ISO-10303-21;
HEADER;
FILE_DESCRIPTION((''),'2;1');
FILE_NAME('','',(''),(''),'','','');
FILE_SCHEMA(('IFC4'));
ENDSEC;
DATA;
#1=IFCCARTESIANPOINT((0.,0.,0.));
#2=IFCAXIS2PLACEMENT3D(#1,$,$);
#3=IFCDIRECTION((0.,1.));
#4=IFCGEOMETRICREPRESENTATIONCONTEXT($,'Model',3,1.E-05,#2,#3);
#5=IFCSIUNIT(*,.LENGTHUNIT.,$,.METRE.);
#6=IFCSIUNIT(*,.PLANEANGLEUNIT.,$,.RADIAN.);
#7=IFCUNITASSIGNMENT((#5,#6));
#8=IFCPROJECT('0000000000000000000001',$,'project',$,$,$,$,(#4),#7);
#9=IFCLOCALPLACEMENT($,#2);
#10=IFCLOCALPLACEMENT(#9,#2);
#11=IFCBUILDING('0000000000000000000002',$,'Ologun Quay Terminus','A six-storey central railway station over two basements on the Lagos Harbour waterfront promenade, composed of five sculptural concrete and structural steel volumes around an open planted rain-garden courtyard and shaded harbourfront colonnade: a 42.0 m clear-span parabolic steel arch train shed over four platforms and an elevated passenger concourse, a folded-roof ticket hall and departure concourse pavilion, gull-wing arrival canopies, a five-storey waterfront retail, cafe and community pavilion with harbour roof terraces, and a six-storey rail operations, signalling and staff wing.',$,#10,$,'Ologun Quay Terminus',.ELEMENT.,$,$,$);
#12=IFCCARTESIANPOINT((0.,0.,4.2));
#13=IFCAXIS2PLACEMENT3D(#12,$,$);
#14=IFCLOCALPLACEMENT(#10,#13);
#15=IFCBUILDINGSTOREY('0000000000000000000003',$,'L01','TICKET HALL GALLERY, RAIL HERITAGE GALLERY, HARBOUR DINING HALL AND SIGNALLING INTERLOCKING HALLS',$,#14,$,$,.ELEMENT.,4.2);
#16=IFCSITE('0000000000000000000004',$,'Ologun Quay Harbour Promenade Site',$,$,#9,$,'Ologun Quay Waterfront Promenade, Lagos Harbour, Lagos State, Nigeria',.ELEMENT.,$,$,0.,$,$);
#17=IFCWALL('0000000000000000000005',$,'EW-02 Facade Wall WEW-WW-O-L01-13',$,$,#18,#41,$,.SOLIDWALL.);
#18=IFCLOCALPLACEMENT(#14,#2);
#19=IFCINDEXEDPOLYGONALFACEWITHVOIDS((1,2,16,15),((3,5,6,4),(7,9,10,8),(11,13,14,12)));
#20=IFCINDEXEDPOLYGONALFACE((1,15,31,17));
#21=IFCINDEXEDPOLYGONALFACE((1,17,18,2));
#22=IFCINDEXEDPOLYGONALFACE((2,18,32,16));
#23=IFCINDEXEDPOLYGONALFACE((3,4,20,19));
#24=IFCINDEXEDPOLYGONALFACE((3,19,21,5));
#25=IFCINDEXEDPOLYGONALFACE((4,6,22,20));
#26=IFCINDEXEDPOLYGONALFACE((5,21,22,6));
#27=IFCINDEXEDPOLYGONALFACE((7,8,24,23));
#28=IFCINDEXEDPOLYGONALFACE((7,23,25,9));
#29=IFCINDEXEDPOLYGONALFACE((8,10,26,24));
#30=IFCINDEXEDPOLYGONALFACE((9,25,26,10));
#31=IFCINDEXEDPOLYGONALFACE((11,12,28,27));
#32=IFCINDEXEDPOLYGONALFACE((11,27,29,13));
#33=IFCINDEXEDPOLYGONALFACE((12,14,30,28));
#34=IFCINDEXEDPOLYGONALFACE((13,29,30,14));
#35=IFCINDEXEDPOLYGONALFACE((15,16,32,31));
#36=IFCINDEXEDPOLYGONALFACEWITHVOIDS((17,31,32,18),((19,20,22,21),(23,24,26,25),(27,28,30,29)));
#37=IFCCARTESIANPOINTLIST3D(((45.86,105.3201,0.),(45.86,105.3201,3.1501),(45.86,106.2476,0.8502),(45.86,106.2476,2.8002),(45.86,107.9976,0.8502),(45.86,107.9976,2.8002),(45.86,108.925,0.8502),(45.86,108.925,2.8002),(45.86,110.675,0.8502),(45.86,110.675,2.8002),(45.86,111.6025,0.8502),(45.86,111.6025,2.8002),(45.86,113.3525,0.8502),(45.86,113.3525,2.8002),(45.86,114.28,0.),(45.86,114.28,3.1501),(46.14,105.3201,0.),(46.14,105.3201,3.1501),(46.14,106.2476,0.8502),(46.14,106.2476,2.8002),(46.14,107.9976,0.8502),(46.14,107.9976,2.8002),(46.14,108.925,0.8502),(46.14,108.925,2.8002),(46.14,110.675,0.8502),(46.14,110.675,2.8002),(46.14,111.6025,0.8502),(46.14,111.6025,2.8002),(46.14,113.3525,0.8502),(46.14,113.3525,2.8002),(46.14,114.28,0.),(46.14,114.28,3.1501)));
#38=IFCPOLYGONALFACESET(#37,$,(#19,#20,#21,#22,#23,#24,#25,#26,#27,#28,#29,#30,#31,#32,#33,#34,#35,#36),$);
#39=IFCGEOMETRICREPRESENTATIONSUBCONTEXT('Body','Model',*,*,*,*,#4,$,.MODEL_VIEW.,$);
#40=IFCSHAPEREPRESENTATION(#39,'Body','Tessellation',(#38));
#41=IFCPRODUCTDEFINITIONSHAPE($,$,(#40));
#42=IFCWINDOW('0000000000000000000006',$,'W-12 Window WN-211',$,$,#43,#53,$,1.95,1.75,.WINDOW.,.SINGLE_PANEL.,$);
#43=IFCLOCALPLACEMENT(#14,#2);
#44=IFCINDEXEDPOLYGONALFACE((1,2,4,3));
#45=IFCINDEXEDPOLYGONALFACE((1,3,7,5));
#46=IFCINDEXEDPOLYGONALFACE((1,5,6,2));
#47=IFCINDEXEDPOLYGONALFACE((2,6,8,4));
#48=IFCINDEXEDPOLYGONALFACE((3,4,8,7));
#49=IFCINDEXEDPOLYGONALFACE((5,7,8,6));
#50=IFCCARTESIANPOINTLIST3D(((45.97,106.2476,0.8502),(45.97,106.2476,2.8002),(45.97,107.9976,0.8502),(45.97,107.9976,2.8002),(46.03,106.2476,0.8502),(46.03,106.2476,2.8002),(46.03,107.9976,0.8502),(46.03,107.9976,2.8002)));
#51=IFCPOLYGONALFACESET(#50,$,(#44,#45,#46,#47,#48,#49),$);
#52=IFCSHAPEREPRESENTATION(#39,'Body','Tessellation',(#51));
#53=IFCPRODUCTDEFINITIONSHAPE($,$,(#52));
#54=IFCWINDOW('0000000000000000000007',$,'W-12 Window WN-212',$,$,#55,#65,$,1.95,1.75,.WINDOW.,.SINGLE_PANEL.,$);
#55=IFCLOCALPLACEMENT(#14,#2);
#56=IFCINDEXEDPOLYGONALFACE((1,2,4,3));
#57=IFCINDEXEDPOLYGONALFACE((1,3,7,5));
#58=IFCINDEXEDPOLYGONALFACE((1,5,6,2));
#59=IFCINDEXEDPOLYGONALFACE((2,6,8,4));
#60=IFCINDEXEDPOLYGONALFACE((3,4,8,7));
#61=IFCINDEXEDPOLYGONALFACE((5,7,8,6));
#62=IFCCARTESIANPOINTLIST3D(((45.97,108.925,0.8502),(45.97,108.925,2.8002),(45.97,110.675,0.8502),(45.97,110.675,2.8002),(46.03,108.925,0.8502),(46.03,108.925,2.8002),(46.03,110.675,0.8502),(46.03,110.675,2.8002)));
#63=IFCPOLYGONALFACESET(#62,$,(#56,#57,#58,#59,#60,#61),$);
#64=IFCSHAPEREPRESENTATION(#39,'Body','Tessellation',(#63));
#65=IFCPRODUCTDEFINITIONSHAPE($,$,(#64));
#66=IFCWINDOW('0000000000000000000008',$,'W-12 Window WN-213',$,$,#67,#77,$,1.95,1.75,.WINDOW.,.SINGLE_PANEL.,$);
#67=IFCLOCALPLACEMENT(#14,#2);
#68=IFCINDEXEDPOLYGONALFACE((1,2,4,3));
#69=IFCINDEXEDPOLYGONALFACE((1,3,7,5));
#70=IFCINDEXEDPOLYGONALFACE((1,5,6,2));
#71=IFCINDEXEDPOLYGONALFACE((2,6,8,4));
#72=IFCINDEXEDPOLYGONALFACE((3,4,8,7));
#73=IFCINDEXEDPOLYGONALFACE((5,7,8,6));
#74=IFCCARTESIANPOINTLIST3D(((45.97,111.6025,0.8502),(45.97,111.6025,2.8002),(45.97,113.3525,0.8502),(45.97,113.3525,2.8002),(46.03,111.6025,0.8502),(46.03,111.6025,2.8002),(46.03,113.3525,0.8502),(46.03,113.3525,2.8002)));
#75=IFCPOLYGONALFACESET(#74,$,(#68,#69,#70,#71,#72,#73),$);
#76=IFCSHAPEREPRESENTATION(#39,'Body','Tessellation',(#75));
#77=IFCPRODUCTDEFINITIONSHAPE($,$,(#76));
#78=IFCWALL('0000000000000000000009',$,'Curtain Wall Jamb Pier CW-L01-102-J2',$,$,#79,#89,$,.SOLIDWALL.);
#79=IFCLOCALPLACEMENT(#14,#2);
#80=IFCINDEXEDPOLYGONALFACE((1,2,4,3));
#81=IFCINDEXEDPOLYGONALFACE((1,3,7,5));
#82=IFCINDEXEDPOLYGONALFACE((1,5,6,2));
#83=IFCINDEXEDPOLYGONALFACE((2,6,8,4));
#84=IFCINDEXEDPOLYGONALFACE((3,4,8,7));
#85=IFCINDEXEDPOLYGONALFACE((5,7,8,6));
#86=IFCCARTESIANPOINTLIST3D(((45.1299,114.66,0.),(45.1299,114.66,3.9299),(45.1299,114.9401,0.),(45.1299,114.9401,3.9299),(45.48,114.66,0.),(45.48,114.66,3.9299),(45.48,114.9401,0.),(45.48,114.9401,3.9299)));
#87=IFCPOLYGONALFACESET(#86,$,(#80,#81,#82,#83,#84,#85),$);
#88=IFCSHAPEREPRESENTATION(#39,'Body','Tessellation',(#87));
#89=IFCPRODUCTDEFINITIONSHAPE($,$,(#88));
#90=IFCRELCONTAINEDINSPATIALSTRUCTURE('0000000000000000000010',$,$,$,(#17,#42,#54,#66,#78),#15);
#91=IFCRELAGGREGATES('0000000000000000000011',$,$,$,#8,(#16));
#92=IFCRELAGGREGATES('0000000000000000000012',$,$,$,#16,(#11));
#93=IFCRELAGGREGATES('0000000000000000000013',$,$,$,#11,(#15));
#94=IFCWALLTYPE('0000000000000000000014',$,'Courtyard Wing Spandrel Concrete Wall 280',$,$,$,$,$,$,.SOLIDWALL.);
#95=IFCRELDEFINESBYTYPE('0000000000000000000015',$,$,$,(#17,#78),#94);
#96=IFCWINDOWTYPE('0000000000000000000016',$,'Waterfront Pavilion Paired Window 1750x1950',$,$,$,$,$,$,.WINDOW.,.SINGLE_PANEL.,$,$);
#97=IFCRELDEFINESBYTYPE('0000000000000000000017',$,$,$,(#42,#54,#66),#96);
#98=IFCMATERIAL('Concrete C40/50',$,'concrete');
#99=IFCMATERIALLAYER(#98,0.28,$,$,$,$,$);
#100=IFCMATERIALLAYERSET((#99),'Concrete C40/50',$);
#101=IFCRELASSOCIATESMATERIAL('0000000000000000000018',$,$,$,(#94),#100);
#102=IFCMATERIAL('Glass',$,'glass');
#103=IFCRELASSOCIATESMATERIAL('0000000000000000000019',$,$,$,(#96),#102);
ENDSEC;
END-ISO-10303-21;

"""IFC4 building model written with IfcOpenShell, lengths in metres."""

from ifc_helpers import new_model, si_unit, direction, frame, frame_2d, origin, place, context, subcontext, project, spatial, rectangle, extrude, material, layer, layer_set, type_object, element, fill, save


model = new_model("IFC4")

# Units and contexts
model_context = context("Model", 3, precision=1e-05, world=origin(), true_north=direction((0.0, 1.0)))
body_context = subcontext(model_context, "Body", "Model", "MODEL_VIEW")
ifc_project = project(units=[si_unit("LENGTHUNIT", "METRE"), si_unit("PLANEANGLEUNIT", "RADIAN")], contexts=[model_context])

# Site, building, storey
site_placement = place(None, origin())
site = spatial("IfcSite", under=ifc_project, at=site_placement, Name="Ologun Quay Harbour Promenade Site", LongName="Ologun Quay Waterfront Promenade, Lagos Harbour, Lagos State, Nigeria", CompositionType="ELEMENT", RefElevation=0.0)
building_placement = place(site_placement, origin())
building = spatial("IfcBuilding", under=site, at=building_placement, Name="Ologun Quay Terminus", Description="A six-storey central railway station over two basements on the Lagos Harbour waterfront promenade, composed of five sculptural concrete and structural steel volumes around an open planted rain-garden courtyard and shaded harbourfront colonnade: a 42.0 m clear-span parabolic steel arch train shed over four platforms and an elevated passenger concourse, a folded-roof ticket hall and departure concourse pavilion, gull-wing arrival canopies, a five-storey waterfront retail, cafe and community pavilion with harbour roof terraces, and a six-storey rail operations, signalling and staff wing.", LongName="Ologun Quay Terminus", CompositionType="ELEMENT")
storey_placement = place(building_placement, frame((0.0, 0.0, 4.2)))
storey = spatial("IfcBuildingStorey", under=building, at=storey_placement, Name="L01", Description="TICKET HALL GALLERY, RAIL HERITAGE GALLERY, HARBOUR DINING HALL AND SIGNALLING INTERLOCKING HALLS", CompositionType="ELEMENT", Elevation=4.2)

# Wall, openings, windows
ifc_material_1 = material(Name="Concrete C40/50", Category="concrete")
ifc_layer_1 = layer(ifc_material_1, 0.28)
ifc_layer_set_1 = layer_set([ifc_layer_1], Name="Concrete C40/50")
wall_type = type_object("IfcWallType", Name="Courtyard Wing Spandrel Concrete Wall 280", PredefinedType="SOLIDWALL", material=ifc_layer_set_1)
wall_1_placement = place(storey_placement, frame((46.0, 105.3201, 0.0), z_axis=(0.0, 0.0, 1.0), x_axis=(0.0, 1.0, 0.0)))
wall_1 = element("IfcWall", 1, at=wall_1_placement, inside=storey, type_object=wall_type, Name="EW-02 Facade Wall WEW-WW-O-L01-13", PredefinedType="SOLIDWALL", context=body_context, shape_type="SweptSolid", body=[
    extrude(rectangle(XDim=8.96, YDim=0.28, at=frame_2d((4.48, 0.0))), origin(), (0.0, 0.0, 1.0), 3.1501),
])
opening_1_placement = place(wall_1_placement, frame((0.9275, 0.0, 0.8501)))
opening_1 = element("IfcOpeningElement", 2, at=opening_1_placement, cuts=wall_1, PredefinedType="OPENING", context=body_context, shape_type="SweptSolid", body=[
    extrude(rectangle(XDim=1.75, YDim=1.95, at=frame_2d((0.875, 0.9751))), frame((0.0, 0.1499, 0.0), z_axis=(0.0, -1.0, 0.0), x_axis=(1.0, 0.0, 0.0)), (0.0, 0.0, 1.0), 0.3),
])
opening_2_placement = place(wall_1_placement, frame((3.605, 0.0, 0.8501)))
opening_2 = element("IfcOpeningElement", 3, at=opening_2_placement, cuts=wall_1, PredefinedType="OPENING", context=body_context, shape_type="SweptSolid", body=[
    extrude(rectangle(XDim=1.75, YDim=1.95, at=frame_2d((0.875, 0.9751))), frame((0.0, 0.1499, 0.0), z_axis=(0.0, -1.0, 0.0), x_axis=(1.0, 0.0, 0.0)), (0.0, 0.0, 1.0), 0.3),
])
opening_3_placement = place(wall_1_placement, frame((6.2825, 0.0, 0.8501)))
opening_3 = element("IfcOpeningElement", 4, at=opening_3_placement, cuts=wall_1, PredefinedType="OPENING", context=body_context, shape_type="SweptSolid", body=[
    extrude(rectangle(XDim=1.75, YDim=1.95, at=frame_2d((0.875, 0.9751))), frame((0.0, 0.1499, 0.0), z_axis=(0.0, -1.0, 0.0), x_axis=(1.0, 0.0, 0.0)), (0.0, 0.0, 1.0), 0.3),
])
ifc_material_2 = material(Name="Glass", Category="glass")
window_type = type_object("IfcWindowType", Name="Waterfront Pavilion Paired Window 1750x1950", PartitioningType="SINGLE_PANEL", PredefinedType="WINDOW", material=ifc_material_2)
window_1_placement = place(opening_1_placement, origin())
window_1 = element("IfcWindow", 5, at=window_1_placement, inside=storey, type_object=window_type, Name="W-12 Window WN-211", OverallHeight=1.95, OverallWidth=1.75, PartitioningType="SINGLE_PANEL", PredefinedType="WINDOW", context=body_context, shape_type="SweptSolid", body=[
    extrude(rectangle(XDim=1.75, YDim=1.95, at=frame_2d((0.875, 0.9751))), frame((0.0, 0.03, 0.0), z_axis=(0.0, -1.0, 0.0), x_axis=(1.0, 0.0, 0.0)), (0.0, 0.0, 1.0), 0.0601),
])
fill(opening_1, window_1)
window_2_placement = place(opening_2_placement, origin())
window_2 = element("IfcWindow", 6, at=window_2_placement, inside=storey, type_object=window_type, Name="W-12 Window WN-212", OverallHeight=1.95, OverallWidth=1.75, PartitioningType="SINGLE_PANEL", PredefinedType="WINDOW", context=body_context, shape_type="SweptSolid", body=[
    extrude(rectangle(XDim=1.75, YDim=1.95, at=frame_2d((0.875, 0.9751))), frame((0.0, 0.03, 0.0), z_axis=(0.0, -1.0, 0.0), x_axis=(1.0, 0.0, 0.0)), (0.0, 0.0, 1.0), 0.0601),
])
fill(opening_2, window_2)
window_3_placement = place(opening_3_placement, origin())
window_3 = element("IfcWindow", 7, at=window_3_placement, inside=storey, type_object=window_type, Name="W-12 Window WN-213", OverallHeight=1.95, OverallWidth=1.75, PartitioningType="SINGLE_PANEL", PredefinedType="WINDOW", context=body_context, shape_type="SweptSolid", body=[
    extrude(rectangle(XDim=1.75, YDim=1.95, at=frame_2d((0.875, 0.9751))), frame((0.0, 0.03, 0.0), z_axis=(0.0, -1.0, 0.0), x_axis=(1.0, 0.0, 0.0)), (0.0, 0.0, 1.0), 0.0601),
])
fill(opening_3, window_3)

# Wall
wall_2_placement = place(storey_placement, frame((45.1299, 114.8, 0.0), z_axis=(0.0, 0.0, 1.0), x_axis=(1.0, 0.0, 0.0)))
element("IfcWall", 8, at=wall_2_placement, inside=storey, type_object=wall_type, Name="Curtain Wall Jamb Pier CW-L01-102-J2", PredefinedType="SOLIDWALL", context=body_context, shape_type="SweptSolid", body=[
    extrude(rectangle(XDim=0.3501, YDim=0.28, at=frame_2d((0.175, 0.0))), origin(), (0.0, 0.0, 1.0), 3.9299),
])

save(model, "model.ifc")
